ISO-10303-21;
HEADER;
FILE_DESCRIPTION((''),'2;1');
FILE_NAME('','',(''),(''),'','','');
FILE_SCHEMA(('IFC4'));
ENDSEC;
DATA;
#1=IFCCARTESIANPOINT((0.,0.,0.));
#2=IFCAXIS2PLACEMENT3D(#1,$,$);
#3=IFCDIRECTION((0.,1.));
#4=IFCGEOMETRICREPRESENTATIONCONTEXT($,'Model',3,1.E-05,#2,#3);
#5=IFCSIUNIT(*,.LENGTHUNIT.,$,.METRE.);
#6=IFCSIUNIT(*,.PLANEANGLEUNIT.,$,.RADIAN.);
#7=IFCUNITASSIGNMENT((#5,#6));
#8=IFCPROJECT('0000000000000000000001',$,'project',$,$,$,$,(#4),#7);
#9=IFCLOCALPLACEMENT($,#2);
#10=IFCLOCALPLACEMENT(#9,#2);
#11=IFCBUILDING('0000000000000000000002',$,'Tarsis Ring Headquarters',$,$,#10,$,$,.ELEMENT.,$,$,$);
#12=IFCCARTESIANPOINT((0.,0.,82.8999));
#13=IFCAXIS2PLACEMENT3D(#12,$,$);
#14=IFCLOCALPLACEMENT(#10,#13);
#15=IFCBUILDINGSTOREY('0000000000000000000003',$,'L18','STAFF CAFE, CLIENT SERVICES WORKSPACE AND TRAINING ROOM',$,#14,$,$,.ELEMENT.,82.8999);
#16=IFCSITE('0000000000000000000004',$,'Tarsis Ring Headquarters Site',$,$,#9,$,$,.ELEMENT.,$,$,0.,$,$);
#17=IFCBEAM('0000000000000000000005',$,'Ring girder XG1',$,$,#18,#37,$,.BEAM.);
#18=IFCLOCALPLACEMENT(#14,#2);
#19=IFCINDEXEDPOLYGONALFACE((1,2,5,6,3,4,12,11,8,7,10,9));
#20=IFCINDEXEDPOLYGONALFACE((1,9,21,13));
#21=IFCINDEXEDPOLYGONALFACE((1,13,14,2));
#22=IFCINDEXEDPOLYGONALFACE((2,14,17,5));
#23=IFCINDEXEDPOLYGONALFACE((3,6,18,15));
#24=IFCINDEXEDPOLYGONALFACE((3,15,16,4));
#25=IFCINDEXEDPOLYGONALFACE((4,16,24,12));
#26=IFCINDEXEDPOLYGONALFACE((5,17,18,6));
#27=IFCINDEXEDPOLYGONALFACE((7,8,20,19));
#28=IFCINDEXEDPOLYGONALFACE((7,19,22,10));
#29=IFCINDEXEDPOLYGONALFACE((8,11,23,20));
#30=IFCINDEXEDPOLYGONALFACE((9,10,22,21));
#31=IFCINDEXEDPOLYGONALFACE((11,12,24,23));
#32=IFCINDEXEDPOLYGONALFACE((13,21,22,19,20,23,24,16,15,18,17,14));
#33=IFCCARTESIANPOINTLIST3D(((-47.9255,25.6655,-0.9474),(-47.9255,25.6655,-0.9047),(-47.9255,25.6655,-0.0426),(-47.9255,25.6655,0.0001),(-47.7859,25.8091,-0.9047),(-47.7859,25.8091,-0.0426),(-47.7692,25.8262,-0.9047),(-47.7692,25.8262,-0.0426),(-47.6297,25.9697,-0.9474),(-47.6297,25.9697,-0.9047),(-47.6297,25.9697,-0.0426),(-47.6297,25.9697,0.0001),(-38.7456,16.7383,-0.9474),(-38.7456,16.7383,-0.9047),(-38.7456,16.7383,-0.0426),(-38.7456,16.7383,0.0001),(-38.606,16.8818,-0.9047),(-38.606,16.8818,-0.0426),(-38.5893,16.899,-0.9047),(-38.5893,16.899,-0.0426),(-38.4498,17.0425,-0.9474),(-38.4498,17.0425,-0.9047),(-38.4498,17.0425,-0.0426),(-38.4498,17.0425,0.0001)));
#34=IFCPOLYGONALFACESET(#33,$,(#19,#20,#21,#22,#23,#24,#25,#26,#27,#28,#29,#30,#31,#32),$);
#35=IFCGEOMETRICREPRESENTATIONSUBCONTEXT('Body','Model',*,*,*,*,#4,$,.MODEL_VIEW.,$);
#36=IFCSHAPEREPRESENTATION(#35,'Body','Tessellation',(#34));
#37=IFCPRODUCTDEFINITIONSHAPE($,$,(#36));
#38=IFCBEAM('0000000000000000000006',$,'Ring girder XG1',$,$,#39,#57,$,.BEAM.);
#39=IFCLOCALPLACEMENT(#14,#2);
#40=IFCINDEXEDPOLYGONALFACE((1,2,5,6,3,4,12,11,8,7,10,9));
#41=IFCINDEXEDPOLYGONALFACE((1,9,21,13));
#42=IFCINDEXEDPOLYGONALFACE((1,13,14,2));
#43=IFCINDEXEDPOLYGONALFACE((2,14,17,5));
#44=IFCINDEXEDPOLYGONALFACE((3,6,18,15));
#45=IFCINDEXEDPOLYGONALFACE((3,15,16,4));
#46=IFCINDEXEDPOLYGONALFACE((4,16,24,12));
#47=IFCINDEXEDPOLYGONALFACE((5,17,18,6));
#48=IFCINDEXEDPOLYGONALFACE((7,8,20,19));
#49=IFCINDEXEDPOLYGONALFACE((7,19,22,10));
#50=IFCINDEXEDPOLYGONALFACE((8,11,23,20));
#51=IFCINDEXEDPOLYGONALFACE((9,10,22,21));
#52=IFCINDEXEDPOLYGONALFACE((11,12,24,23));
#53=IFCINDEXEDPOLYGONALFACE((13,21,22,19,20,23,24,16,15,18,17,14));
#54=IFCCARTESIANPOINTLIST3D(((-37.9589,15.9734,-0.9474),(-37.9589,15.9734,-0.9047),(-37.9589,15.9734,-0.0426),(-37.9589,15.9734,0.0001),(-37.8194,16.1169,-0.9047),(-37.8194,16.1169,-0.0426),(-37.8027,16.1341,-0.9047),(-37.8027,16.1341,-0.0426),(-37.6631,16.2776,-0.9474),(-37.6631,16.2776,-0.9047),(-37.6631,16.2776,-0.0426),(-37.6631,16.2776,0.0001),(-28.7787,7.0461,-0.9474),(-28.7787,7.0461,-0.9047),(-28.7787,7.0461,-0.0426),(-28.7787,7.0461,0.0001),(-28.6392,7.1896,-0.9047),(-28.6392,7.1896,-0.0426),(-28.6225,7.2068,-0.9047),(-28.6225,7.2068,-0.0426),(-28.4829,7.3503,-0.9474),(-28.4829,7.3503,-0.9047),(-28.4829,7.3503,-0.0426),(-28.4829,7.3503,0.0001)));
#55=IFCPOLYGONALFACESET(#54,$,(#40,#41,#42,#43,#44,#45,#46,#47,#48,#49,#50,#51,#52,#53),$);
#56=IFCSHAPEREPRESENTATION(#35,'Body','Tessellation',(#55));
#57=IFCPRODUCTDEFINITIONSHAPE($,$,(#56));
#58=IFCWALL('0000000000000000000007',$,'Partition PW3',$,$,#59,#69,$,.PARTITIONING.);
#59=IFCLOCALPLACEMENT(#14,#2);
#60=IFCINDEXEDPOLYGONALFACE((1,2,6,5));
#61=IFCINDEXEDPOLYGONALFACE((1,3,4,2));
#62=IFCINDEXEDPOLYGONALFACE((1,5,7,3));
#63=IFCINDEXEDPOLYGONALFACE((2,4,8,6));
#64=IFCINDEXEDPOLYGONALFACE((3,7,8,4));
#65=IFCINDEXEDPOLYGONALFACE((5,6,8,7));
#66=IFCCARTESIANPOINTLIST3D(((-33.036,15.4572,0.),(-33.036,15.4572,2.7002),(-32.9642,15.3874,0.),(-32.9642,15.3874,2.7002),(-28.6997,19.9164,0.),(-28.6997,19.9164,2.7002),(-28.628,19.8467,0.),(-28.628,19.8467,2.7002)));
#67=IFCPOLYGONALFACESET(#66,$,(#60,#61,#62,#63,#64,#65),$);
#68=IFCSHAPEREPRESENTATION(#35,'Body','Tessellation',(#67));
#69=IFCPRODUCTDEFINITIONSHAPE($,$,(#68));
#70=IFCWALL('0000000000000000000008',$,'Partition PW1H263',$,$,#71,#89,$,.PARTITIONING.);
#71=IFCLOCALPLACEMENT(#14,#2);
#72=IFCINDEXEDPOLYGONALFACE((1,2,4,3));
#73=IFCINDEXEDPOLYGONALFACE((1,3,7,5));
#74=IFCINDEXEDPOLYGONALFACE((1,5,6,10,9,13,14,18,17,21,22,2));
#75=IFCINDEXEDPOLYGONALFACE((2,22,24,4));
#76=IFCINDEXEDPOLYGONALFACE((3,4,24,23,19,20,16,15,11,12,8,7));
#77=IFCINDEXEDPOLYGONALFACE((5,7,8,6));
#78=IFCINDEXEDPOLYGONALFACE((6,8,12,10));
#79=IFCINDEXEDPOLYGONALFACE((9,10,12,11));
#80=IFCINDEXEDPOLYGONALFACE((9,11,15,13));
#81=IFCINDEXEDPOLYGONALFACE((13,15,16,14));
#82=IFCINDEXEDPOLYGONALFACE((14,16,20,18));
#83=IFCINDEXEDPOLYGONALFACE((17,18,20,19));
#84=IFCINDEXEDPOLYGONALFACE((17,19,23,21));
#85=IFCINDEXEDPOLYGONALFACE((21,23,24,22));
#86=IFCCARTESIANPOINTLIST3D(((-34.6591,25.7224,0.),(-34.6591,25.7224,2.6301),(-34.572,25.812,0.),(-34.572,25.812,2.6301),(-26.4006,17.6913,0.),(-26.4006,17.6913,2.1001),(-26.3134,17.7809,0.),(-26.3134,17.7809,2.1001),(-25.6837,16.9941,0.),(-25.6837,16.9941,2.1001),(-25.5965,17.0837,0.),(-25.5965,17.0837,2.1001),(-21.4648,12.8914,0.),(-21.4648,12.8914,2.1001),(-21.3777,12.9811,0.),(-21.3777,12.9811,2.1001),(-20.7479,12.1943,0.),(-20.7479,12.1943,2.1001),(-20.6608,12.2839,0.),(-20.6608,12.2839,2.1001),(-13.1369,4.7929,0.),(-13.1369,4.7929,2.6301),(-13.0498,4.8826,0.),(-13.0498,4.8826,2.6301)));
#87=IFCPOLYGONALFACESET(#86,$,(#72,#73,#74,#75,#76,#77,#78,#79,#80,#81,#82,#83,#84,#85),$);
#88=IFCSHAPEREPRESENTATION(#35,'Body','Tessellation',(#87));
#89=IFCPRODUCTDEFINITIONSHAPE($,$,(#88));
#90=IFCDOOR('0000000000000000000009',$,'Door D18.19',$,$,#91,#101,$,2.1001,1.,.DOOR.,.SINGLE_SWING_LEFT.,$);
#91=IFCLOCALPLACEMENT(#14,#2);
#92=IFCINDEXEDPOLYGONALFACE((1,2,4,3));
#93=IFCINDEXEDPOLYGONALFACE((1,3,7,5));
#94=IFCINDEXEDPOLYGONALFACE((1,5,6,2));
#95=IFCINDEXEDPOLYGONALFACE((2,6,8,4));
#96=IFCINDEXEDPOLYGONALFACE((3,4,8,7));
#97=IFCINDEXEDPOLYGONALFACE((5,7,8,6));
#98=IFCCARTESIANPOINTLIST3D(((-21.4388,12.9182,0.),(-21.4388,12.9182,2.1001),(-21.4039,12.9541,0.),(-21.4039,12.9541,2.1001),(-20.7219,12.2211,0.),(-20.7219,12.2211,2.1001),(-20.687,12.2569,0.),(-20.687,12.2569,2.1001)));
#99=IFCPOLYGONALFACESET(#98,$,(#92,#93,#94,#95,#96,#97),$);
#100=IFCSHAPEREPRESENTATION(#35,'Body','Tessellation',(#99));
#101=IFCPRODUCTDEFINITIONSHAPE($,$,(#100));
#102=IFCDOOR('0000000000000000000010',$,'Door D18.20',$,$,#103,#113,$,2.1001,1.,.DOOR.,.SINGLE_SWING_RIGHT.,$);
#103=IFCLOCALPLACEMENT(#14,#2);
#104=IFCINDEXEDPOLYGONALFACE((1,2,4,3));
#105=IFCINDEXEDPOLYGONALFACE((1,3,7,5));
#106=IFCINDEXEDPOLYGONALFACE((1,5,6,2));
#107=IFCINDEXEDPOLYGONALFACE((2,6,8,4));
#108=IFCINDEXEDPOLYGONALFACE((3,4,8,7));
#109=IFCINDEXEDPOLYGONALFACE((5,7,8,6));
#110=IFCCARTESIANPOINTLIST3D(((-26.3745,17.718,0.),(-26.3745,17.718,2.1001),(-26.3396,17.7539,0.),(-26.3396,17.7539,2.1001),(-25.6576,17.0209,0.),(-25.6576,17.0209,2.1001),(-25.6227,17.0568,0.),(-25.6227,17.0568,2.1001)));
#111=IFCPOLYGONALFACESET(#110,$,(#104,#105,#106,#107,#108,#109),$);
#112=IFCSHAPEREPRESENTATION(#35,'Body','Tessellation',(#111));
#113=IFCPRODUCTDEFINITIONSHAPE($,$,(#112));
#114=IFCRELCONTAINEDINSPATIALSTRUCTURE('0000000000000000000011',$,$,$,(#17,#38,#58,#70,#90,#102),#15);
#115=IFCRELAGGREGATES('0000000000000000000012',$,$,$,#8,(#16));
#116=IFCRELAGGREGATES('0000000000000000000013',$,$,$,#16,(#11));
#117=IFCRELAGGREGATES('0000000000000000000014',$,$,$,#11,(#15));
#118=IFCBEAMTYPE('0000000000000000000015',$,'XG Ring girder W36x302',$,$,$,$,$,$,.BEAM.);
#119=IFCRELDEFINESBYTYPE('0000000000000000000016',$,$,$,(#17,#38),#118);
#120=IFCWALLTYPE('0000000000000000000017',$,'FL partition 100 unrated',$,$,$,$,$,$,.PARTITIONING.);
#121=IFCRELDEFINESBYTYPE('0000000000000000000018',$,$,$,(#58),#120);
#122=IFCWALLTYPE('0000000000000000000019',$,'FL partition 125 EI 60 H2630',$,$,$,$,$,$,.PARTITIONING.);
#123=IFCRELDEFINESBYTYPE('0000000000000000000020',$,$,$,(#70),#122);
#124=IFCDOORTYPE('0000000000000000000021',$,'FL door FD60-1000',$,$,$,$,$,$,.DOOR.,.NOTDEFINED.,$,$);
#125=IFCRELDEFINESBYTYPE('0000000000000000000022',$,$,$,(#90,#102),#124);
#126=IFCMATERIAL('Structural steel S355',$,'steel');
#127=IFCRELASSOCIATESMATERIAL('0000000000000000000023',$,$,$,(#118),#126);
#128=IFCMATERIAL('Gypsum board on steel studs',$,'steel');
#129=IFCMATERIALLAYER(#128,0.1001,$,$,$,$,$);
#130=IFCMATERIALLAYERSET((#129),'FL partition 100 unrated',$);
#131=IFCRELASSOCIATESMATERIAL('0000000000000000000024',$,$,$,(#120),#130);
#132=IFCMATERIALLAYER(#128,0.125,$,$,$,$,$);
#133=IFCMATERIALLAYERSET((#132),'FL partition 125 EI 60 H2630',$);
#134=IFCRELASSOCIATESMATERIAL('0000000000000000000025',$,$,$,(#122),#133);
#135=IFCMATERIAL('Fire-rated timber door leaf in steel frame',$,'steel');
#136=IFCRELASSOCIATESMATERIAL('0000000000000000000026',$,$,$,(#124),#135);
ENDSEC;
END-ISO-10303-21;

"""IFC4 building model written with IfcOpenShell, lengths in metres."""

from ifc_helpers import new_model, si_unit, direction, frame, frame_2d, origin, origin_2d, place, context, subcontext, project, spatial, rectangle, i_section, extrude, material, layer, layer_set, material_profile, profile_set, type_object, element, fill, save


model = new_model("IFC4")

# Units and contexts
model_context = context("Model", 3, precision=1e-05, world=origin(), true_north=direction((0.0, 1.0)))
body_context = subcontext(model_context, "Body", "Model", "MODEL_VIEW")
ifc_project = project(units=[si_unit("LENGTHUNIT", "METRE"), si_unit("PLANEANGLEUNIT", "RADIAN")], contexts=[model_context])

# Site, building, storey
site_placement = place(None, origin())
site = spatial("IfcSite", under=ifc_project, at=site_placement, Name="Tarsis Ring Headquarters Site", CompositionType="ELEMENT", RefElevation=0.0)
building_placement = place(site_placement, origin())
building = spatial("IfcBuilding", under=site, at=building_placement, Name="Tarsis Ring Headquarters", CompositionType="ELEMENT")
storey_placement = place(building_placement, frame((0.0, 0.0, 82.8999)))
storey = spatial("IfcBuildingStorey", under=building, at=storey_placement, Name="L18", Description="STAFF CAFE, CLIENT SERVICES WORKSPACE AND TRAINING ROOM", CompositionType="ELEMENT", Elevation=82.8999)

# Beams
ifc_material_1 = material(Name="Structural steel S355", Category="steel")
ifc_material_profile_1 = material_profile(ifc_material_1, i_section(OverallWidth=0.4243, OverallDepth=0.9475, WebThickness=0.0239, FlangeThickness=0.0427, at=origin_2d()), Name="W36x302")
ifc_profile_set_1 = profile_set([ifc_material_profile_1], Name="Structural steel S355")
beam_type = type_object("IfcBeamType", Name="XG Ring girder W36x302", PredefinedType="BEAM", material=ifc_profile_set_1)
beam_1_placement = place(storey_placement, frame((-47.7776, 25.8176, -0.4736), z_axis=(0.716905, -0.697171, 0.0), x_axis=(0.697171, 0.716905, 0.0)))
element("IfcBeam", 1, at=beam_1_placement, inside=storey, type_object=beam_type, Name="Ring girder XG1", PredefinedType="BEAM", context=body_context, shape_type="SweptSolid", body=[
    extrude(i_section(OverallWidth=0.4243, OverallDepth=0.9475, WebThickness=0.0239, FlangeThickness=0.0427, at=origin_2d()), origin(), (0.0, 0.0, 1.0), 12.8049),
])
beam_2_placement = place(storey_placement, frame((-37.811, 16.1255, -0.4736), z_axis=(0.716914, -0.697162, 0.0), x_axis=(0.697162, 0.716914, 0.0)))
element("IfcBeam", 2, at=beam_2_placement, inside=storey, type_object=beam_type, Name="Ring girder XG1", PredefinedType="BEAM", context=body_context, shape_type="SweptSolid", body=[
    extrude(i_section(OverallWidth=0.4243, OverallDepth=0.9475, WebThickness=0.0239, FlangeThickness=0.0427, at=origin_2d()), origin(), (0.0, 0.0, 1.0), 12.8052),
])

# Wall
ifc_material_2 = material(Name="Gypsum board on steel studs", Category="steel")
ifc_layer_1 = layer(ifc_material_2, 0.1001)
ifc_layer_set_1 = layer_set([ifc_layer_1], Name="FL partition 100 unrated")
wall_type_1 = type_object("IfcWallType", Name="FL partition 100 unrated", PredefinedType="PARTITIONING", material=ifc_layer_set_1)
wall_1_placement = place(storey_placement, frame((-33.0, 15.4224, 0.0), z_axis=(0.0, 0.0, 1.0), x_axis=(0.697146, 0.716929, 0.0)))
element("IfcWall", 3, at=wall_1_placement, inside=storey, type_object=wall_type_1, Name="Partition PW3", PredefinedType="PARTITIONING", context=body_context, shape_type="SweptSolid", body=[
    extrude(rectangle(XDim=6.22, YDim=0.1001, at=frame_2d((3.1099, 0.0))), origin(), (0.0, 0.0, 1.0), 2.7002),
])

# Wall, openings, doors
ifc_layer_2 = layer(ifc_material_2, 0.125)
ifc_layer_set_2 = layer_set([ifc_layer_2], Name="FL partition 125 EI 60 H2630")
wall_type_2 = type_object("IfcWallType", Name="FL partition 125 EI 60 H2630", PredefinedType="PARTITIONING", material=ifc_layer_set_2)
wall_2_placement = place(storey_placement, frame((-34.6155, 25.7671, 0.0), z_axis=(0.0, 0.0, 1.0), x_axis=(0.716911, -0.697165, 0.0)))
wall_2 = element("IfcWall", 4, at=wall_2_placement, inside=storey, type_object=wall_type_2, Name="Partition PW1H263", PredefinedType="PARTITIONING", context=body_context, shape_type="SweptSolid", body=[
    extrude(rectangle(XDim=30.0208, YDim=0.125, at=frame_2d((15.0103, 0.0))), origin(), (0.0, 0.0, 1.0), 2.6301),
])
opening_1_placement = place(wall_2_placement, frame((18.4043, 0.0, 0.0)))
opening_1 = element("IfcOpeningElement", 5, at=opening_1_placement, cuts=wall_2, PredefinedType="OPENING", context=body_context, shape_type="SweptSolid", body=[
    extrude(rectangle(XDim=1.0, YDim=2.1001, at=frame_2d((0.5, 1.05))), frame((0.0, 0.0725, 0.0), z_axis=(0.0, -1.0, 0.0), x_axis=(1.0, 0.0, 0.0)), (0.0, 0.0, 1.0), 0.145),
])
opening_2_placement = place(wall_2_placement, frame((11.5195, 0.0, 0.0)))
opening_2 = element("IfcOpeningElement", 6, at=opening_2_placement, cuts=wall_2, PredefinedType="OPENING", context=body_context, shape_type="SweptSolid", body=[
    extrude(rectangle(XDim=1.0, YDim=2.1001, at=frame_2d((0.5, 1.05))), frame((0.0, 0.0725, 0.0), z_axis=(0.0, -1.0, 0.0), x_axis=(1.0, 0.0, 0.0)), (0.0, 0.0, 1.0), 0.145),
])
ifc_material_3 = material(Name="Fire-rated timber door leaf in steel frame", Category="steel")
door_type = type_object("IfcDoorType", Name="FL door FD60-1000", OperationType="NOTDEFINED", PredefinedType="DOOR", material=ifc_material_3)
door_1_placement = place(opening_1_placement, origin())
door_1 = element("IfcDoor", 7, at=door_1_placement, inside=storey, type_object=door_type, Name="Door D18.19", OperationType="SINGLE_SWING_LEFT", OverallHeight=2.1001, OverallWidth=1.0, PredefinedType="DOOR", context=body_context, shape_type="SweptSolid", body=[
    extrude(rectangle(XDim=1.0, YDim=2.1001, at=frame_2d((0.5, 1.05))), frame((0.0, 0.0249, 0.0), z_axis=(0.0, -1.0, 0.0), x_axis=(1.0, 0.0, 0.0)), (0.0, 0.0, 1.0), 0.05),
])
fill(opening_1, door_1)
door_2_placement = place(opening_2_placement, origin())
door_2 = element("IfcDoor", 8, at=door_2_placement, inside=storey, type_object=door_type, Name="Door D18.20", OperationType="SINGLE_SWING_RIGHT", OverallHeight=2.1001, OverallWidth=1.0, PredefinedType="DOOR", context=body_context, shape_type="SweptSolid", body=[
    extrude(rectangle(XDim=1.0, YDim=2.1001, at=frame_2d((0.5, 1.05))), frame((0.0, 0.0249, 0.0), z_axis=(0.0, -1.0, 0.0), x_axis=(1.0, 0.0, 0.0)), (0.0, 0.0, 1.0), 0.05),
])
fill(opening_2, door_2)

save(model, "model.ifc")
